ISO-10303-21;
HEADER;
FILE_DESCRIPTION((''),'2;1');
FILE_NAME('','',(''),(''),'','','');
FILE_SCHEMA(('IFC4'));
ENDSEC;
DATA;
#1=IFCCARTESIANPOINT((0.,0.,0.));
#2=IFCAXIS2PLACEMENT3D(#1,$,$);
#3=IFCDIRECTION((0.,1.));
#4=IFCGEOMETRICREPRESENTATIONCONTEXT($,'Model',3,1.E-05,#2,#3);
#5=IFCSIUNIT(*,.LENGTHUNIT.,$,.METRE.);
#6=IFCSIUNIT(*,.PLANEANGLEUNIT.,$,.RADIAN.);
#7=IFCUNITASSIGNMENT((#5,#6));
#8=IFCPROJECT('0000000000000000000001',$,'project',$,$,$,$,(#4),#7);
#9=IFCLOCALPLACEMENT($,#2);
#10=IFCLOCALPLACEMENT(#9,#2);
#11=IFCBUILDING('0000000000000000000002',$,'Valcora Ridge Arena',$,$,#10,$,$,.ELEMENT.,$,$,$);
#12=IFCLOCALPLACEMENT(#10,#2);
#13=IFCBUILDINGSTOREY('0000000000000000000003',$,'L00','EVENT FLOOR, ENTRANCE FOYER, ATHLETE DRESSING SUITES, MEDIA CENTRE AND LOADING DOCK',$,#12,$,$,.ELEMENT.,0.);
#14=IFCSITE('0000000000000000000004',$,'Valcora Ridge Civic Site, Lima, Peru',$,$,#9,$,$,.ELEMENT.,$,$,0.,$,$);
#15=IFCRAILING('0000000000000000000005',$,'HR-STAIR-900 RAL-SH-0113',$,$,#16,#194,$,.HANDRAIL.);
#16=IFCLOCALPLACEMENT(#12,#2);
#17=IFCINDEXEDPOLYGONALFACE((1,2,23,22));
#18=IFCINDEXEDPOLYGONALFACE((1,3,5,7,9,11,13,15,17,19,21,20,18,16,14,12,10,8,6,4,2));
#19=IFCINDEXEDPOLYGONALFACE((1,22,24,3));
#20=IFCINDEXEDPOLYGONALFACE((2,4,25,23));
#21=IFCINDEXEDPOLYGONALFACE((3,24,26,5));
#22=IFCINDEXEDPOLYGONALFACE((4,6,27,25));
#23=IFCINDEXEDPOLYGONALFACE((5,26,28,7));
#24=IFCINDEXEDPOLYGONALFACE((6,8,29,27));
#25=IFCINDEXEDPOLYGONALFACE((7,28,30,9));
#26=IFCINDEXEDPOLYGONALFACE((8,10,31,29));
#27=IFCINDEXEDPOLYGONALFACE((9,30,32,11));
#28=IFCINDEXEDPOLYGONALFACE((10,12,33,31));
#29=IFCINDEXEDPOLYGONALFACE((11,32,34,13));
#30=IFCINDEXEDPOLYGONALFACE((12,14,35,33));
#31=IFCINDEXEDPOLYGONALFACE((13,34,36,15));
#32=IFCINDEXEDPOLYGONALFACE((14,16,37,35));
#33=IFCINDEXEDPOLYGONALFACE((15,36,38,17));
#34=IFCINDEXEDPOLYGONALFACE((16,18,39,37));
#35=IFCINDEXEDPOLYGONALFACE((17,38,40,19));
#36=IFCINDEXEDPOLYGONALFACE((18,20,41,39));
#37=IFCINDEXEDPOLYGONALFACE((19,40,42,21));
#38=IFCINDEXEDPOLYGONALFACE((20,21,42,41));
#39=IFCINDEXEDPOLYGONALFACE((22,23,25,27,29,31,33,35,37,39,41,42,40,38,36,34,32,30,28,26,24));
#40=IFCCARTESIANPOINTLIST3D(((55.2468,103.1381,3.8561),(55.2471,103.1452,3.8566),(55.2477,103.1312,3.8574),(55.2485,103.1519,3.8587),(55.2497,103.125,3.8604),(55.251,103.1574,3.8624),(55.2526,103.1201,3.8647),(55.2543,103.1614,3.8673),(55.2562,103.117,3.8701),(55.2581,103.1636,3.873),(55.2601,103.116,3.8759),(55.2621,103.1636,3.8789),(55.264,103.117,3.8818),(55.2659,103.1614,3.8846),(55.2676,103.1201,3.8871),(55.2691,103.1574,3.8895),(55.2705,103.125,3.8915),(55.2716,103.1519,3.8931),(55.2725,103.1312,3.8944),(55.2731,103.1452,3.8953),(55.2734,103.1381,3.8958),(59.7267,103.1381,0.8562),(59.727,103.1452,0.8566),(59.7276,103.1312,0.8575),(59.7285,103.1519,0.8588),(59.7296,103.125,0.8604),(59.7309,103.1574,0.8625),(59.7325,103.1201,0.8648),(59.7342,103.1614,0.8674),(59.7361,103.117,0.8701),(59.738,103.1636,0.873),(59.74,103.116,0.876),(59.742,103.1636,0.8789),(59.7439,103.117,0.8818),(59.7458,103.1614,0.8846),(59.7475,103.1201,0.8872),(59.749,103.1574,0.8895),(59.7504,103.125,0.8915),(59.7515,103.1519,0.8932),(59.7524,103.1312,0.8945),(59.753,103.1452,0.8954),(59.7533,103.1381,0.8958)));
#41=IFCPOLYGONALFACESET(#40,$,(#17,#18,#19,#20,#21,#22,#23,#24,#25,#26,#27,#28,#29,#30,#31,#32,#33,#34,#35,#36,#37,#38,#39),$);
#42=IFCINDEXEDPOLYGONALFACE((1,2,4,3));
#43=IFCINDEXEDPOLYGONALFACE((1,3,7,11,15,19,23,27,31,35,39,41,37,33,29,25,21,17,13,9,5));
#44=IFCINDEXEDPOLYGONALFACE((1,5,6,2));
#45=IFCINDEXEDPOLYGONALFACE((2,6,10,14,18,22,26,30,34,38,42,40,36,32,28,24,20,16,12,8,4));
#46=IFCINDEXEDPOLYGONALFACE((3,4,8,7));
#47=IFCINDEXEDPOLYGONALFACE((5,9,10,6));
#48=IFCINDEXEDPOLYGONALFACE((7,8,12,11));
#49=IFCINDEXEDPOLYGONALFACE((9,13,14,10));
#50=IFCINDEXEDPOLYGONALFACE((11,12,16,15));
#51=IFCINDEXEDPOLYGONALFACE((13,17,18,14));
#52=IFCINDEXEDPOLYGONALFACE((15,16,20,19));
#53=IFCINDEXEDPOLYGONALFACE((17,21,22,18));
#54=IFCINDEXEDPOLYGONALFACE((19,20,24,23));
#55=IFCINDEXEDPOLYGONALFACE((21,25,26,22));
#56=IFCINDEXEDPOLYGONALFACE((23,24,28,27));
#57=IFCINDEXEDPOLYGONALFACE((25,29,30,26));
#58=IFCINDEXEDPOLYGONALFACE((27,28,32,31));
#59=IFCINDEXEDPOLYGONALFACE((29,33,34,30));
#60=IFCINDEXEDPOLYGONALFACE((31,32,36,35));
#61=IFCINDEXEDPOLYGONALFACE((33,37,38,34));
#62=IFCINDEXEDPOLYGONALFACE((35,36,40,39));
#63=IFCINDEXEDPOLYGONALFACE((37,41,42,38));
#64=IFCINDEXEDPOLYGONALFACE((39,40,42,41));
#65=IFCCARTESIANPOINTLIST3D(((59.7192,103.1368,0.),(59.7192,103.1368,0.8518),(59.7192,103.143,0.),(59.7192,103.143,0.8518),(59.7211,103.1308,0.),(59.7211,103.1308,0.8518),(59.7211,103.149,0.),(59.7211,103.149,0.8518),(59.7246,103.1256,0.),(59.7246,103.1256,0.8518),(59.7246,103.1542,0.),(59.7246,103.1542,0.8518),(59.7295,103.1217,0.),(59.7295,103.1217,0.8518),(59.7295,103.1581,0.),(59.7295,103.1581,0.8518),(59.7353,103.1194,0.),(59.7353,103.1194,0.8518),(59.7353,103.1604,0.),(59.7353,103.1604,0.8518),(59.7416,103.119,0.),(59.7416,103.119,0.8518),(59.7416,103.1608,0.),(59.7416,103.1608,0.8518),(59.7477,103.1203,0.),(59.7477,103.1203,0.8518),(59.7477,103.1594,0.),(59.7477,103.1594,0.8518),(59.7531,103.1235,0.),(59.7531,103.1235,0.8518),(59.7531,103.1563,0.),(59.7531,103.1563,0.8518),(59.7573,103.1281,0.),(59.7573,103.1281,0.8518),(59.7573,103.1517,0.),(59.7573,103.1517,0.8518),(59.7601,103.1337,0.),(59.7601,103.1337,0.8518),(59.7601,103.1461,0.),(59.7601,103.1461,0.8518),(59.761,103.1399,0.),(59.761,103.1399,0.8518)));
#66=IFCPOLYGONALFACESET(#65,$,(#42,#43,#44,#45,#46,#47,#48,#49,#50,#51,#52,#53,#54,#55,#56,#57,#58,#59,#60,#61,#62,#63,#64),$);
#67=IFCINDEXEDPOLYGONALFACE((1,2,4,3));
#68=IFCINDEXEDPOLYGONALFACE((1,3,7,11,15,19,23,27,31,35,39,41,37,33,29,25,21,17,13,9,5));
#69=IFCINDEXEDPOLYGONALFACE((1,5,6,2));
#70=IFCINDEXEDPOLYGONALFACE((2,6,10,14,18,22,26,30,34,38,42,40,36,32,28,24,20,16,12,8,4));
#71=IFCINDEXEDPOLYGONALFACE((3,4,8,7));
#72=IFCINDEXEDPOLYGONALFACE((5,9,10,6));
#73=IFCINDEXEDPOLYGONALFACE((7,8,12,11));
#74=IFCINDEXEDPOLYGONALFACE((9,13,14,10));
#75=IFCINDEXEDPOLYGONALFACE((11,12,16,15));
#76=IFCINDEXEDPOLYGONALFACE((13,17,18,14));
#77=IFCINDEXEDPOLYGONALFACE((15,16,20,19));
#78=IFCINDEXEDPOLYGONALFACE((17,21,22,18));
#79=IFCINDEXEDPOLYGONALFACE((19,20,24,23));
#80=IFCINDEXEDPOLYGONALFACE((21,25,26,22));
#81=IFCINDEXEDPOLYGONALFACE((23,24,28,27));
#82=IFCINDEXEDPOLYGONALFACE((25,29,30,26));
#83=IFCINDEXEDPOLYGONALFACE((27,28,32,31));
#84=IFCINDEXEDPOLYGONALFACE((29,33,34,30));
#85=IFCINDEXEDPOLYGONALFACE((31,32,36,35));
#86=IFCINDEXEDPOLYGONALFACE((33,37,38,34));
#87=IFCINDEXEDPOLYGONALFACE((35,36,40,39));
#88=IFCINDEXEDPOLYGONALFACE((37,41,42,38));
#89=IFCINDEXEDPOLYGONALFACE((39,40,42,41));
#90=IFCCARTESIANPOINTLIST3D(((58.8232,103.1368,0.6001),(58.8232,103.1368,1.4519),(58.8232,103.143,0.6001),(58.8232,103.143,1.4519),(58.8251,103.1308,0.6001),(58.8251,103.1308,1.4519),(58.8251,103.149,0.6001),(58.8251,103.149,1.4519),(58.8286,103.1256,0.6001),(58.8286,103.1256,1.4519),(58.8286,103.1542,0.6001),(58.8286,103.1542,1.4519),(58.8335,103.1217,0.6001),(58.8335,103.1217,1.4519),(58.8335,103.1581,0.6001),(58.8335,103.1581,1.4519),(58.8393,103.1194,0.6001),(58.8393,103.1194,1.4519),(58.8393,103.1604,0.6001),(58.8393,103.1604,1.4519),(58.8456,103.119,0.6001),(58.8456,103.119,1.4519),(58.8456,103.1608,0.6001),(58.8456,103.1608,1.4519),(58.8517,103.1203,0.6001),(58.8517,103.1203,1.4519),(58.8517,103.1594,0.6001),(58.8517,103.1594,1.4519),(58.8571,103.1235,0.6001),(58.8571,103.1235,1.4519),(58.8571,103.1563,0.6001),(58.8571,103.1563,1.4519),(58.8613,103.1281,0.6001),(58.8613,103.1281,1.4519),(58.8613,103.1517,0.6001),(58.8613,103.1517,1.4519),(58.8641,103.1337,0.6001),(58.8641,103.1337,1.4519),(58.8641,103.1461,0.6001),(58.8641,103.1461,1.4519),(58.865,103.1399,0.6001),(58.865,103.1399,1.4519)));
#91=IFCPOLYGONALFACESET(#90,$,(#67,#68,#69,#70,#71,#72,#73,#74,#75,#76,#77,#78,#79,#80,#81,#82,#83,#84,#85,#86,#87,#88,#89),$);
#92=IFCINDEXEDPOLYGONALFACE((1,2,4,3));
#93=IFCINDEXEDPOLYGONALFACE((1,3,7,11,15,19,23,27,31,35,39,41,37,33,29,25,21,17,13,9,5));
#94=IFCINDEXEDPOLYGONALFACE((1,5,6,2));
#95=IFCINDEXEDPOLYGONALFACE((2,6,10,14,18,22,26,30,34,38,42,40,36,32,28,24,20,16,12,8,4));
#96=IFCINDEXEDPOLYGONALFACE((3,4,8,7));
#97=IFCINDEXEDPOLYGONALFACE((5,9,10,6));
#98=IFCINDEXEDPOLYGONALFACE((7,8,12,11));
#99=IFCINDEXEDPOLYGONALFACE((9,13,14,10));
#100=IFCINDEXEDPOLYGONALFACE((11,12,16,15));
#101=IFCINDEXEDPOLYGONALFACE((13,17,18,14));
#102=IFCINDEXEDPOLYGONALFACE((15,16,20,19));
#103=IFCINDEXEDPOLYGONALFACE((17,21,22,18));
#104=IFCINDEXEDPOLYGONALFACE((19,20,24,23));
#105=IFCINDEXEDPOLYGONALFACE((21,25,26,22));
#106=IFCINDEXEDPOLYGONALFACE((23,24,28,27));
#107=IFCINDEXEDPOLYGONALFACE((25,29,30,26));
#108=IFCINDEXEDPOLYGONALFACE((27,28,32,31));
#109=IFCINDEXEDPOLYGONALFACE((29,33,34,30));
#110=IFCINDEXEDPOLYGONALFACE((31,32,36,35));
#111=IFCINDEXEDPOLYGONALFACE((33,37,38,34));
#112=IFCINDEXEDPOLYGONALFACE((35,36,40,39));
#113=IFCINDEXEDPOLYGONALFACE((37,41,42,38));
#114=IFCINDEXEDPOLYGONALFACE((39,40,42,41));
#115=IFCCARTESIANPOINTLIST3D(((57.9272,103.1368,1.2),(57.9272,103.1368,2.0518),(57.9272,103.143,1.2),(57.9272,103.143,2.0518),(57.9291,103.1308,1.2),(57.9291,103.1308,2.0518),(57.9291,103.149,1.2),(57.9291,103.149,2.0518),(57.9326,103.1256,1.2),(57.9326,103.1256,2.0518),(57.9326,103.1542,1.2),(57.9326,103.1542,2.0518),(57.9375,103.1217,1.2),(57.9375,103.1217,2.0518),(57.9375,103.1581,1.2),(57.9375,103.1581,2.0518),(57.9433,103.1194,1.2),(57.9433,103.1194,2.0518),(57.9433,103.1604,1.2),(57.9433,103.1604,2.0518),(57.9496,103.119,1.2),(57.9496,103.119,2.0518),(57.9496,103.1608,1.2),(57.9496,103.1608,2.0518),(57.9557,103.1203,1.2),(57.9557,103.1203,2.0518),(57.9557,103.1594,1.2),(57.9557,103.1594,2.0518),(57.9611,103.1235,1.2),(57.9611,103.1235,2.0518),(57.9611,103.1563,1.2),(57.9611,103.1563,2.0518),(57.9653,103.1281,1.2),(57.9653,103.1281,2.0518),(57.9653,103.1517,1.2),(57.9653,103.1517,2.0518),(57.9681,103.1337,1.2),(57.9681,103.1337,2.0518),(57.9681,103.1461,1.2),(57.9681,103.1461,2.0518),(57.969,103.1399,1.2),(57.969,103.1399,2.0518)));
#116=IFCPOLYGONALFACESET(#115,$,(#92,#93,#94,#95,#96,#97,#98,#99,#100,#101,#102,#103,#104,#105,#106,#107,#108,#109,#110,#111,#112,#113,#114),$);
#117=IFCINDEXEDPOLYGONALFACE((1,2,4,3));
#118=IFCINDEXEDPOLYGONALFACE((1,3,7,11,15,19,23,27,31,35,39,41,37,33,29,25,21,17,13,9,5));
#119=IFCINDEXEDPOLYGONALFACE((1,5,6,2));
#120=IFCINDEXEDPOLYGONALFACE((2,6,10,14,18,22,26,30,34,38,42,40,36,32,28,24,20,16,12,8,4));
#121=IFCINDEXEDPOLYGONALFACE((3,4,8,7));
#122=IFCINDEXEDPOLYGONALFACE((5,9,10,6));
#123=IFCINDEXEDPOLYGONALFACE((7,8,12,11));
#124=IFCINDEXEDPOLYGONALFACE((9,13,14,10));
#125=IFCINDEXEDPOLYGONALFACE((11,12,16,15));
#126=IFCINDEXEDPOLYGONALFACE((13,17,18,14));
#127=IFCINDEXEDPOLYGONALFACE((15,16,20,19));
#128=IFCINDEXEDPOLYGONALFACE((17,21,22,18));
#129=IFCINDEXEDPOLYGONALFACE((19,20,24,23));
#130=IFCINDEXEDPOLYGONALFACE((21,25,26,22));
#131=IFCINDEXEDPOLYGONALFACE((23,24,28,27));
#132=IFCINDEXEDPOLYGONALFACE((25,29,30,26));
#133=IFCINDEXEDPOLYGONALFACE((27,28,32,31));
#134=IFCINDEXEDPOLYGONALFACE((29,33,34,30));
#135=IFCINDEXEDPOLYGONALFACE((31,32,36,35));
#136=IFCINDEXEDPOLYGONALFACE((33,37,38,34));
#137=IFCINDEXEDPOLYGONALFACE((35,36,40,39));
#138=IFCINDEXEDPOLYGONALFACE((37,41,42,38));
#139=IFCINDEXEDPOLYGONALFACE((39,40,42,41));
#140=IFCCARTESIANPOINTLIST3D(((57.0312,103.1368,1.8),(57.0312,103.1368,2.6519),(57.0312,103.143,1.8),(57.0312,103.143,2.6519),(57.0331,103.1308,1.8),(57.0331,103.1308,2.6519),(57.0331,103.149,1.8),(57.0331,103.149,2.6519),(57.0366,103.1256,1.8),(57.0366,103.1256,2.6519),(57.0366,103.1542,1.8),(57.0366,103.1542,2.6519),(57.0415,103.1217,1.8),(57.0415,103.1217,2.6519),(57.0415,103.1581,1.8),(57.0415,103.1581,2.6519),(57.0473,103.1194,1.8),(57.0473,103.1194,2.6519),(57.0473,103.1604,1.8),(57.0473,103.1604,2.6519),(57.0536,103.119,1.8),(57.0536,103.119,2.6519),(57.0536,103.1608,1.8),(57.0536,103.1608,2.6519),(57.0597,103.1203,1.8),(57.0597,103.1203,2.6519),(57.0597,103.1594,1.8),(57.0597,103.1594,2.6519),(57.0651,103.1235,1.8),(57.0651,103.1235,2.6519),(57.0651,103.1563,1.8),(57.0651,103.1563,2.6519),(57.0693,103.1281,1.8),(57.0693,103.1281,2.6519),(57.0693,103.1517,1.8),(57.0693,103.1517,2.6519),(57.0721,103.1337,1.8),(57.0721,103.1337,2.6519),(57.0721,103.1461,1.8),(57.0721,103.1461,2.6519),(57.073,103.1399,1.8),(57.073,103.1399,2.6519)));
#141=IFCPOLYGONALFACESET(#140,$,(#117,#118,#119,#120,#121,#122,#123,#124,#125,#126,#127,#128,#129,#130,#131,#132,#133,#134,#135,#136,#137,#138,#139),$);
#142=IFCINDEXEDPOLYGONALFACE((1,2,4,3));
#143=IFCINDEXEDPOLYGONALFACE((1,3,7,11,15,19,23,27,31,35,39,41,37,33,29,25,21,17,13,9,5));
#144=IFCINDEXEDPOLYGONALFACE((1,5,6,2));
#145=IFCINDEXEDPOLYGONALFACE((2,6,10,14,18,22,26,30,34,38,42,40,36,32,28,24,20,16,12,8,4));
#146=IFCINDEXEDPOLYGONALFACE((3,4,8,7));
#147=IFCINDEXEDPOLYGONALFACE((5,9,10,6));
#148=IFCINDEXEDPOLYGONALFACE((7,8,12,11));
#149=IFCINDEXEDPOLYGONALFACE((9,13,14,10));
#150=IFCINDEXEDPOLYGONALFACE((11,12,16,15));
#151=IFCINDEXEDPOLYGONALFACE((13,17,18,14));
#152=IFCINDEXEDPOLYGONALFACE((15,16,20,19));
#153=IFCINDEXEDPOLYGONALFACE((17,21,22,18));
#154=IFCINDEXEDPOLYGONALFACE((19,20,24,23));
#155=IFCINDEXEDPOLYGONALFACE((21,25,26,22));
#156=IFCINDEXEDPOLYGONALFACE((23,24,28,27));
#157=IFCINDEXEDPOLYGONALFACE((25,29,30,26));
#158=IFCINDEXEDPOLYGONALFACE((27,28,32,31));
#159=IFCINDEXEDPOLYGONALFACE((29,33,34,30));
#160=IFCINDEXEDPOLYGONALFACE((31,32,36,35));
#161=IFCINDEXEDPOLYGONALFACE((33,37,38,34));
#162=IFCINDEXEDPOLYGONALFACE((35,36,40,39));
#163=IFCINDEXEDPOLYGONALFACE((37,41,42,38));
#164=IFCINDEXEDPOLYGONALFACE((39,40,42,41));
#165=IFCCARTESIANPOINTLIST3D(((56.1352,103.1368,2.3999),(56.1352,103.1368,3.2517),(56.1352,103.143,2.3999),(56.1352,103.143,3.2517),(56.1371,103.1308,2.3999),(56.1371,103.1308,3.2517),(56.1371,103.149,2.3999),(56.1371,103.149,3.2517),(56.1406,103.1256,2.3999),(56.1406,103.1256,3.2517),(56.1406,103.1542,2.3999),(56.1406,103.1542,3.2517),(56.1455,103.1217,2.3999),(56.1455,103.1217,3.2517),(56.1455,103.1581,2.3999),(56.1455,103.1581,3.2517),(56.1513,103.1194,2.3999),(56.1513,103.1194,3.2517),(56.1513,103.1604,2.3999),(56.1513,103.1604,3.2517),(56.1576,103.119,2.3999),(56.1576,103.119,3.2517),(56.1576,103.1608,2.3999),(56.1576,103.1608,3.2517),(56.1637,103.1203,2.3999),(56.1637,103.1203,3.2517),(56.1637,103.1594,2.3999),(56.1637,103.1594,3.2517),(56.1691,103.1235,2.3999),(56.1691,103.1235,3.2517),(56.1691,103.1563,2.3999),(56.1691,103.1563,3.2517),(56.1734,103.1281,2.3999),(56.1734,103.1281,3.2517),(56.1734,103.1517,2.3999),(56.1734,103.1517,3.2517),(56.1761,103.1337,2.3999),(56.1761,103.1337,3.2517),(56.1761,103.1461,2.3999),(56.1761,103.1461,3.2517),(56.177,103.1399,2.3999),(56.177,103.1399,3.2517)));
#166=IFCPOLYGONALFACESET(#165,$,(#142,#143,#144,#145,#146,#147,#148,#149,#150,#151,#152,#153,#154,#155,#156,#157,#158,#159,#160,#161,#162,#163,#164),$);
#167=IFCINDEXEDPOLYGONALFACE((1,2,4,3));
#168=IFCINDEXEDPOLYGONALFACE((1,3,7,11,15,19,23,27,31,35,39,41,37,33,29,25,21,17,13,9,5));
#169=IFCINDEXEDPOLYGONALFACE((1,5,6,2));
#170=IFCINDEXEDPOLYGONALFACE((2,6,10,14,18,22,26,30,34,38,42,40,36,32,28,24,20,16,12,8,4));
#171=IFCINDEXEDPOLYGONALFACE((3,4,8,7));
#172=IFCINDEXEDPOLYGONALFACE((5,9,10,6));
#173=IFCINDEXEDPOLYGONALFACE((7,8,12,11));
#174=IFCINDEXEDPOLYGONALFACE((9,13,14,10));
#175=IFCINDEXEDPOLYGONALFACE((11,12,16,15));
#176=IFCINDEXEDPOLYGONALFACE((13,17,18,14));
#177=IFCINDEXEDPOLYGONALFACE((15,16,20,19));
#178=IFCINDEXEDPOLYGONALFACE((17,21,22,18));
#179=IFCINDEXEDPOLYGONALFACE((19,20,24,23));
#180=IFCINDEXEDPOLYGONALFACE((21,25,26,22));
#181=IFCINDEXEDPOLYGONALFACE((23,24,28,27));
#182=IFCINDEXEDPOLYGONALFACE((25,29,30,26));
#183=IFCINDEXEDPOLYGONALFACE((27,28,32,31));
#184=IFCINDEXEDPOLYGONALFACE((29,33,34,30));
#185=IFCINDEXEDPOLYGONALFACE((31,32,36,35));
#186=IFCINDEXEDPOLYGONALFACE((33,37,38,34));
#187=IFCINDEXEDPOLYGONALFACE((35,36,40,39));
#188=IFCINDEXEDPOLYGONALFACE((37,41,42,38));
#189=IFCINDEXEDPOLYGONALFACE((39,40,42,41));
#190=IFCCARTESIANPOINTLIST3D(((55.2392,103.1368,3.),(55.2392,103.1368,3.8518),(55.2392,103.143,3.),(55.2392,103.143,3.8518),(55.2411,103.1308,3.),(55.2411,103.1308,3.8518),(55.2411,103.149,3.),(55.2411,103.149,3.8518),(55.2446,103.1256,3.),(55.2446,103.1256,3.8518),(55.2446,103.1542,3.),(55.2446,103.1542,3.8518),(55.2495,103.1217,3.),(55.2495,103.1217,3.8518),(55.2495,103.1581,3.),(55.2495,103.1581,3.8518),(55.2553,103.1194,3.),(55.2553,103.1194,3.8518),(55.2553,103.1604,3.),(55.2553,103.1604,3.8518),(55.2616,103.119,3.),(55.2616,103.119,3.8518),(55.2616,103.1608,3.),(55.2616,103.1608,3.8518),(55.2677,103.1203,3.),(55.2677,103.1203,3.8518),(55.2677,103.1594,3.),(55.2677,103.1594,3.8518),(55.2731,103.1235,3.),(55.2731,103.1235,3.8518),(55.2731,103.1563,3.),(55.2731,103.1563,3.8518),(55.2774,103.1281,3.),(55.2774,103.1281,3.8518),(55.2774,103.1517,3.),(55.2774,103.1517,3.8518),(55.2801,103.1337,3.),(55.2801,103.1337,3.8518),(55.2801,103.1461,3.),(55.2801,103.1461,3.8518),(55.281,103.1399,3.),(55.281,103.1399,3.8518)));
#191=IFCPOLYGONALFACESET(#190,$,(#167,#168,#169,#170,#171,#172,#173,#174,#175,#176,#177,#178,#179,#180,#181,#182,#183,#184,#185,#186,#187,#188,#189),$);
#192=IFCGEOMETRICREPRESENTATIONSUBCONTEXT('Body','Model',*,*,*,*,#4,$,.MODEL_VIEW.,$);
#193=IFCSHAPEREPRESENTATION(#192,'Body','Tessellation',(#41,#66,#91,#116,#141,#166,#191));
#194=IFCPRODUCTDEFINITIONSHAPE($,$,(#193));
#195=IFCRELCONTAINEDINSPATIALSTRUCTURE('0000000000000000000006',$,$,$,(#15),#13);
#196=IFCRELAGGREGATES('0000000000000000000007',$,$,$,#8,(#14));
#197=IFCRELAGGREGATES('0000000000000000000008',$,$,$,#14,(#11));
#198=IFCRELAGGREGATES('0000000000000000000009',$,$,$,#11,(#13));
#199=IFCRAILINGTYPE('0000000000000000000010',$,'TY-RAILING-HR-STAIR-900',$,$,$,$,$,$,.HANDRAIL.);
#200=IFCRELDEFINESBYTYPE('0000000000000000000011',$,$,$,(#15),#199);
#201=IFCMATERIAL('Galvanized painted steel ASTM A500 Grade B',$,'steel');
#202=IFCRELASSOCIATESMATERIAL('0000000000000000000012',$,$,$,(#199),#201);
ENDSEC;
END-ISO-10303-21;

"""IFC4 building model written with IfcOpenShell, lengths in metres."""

from ifc_helpers import new_model, si_unit, direction, frame, origin, origin_2d, place, context, subcontext, project, spatial, circle, extrude, material, type_object, element, save


model = new_model("IFC4")

# Units and contexts
model_context = context("Model", 3, precision=1e-05, world=origin(), true_north=direction((0.0, 1.0)))
body_context = subcontext(model_context, "Body", "Model", "MODEL_VIEW")
ifc_project = project(units=[si_unit("LENGTHUNIT", "METRE"), si_unit("PLANEANGLEUNIT", "RADIAN")], contexts=[model_context])

# Site, building, storey
site_placement = place(None, origin())
site = spatial("IfcSite", under=ifc_project, at=site_placement, Name="Valcora Ridge Civic Site, Lima, Peru", CompositionType="ELEMENT", RefElevation=0.0)
building_placement = place(site_placement, origin())
building = spatial("IfcBuilding", under=site, at=building_placement, Name="Valcora Ridge Arena", CompositionType="ELEMENT")
storey_placement = place(building_placement, origin())
storey = spatial("IfcBuildingStorey", under=building, at=storey_placement, Name="L00", Description="EVENT FLOOR, ENTRANCE FOYER, ATHLETE DRESSING SUITES, MEDIA CENTRE AND LOADING DOCK", CompositionType="ELEMENT", Elevation=0.0)

# Railing
ifc_material_1 = material(Name="Galvanized painted steel ASTM A500 Grade B", Category="steel")
railing_type = type_object("IfcRailingType", Name="TY-RAILING-HR-STAIR-900", PredefinedType="HANDRAIL", material=ifc_material_1)
railing_placement = place(storey_placement, frame((59.74, 103.1399, 0.0)))
element("IfcRailing", 1, at=railing_placement, inside=storey, type_object=railing_type, Name="HR-STAIR-900 RAL-SH-0113", PredefinedType="HANDRAIL", context=body_context, shape_type="SweptSolid", body=[
    extrude(circle(Radius=0.0239, at=origin_2d()), frame((0.0, 0.0, 0.876), z_axis=(-0.830906, 0.0, 0.556413), x_axis=(0.0, -1.0, 0.0)), (0.0, 0.0, 1.0), 5.3916),
    extrude(circle(Radius=0.021, at=origin_2d()), origin(), (0.0, 0.0, 1.0), 0.8518),
    extrude(circle(Radius=0.021, at=origin_2d()), frame((-0.896, 0.0, 0.6001)), (0.0, 0.0, 1.0), 0.8518),
    extrude(circle(Radius=0.021, at=origin_2d()), frame((-1.792, 0.0, 1.2)), (0.0, 0.0, 1.0), 0.8518),
    extrude(circle(Radius=0.021, at=origin_2d()), frame((-2.688, 0.0, 1.8)), (0.0, 0.0, 1.0), 0.8518),
    extrude(circle(Radius=0.021, at=origin_2d()), frame((-3.584, 0.0, 2.3999)), (0.0, 0.0, 1.0), 0.8518),
    extrude(circle(Radius=0.021, at=origin_2d()), frame((-4.48, 0.0, 3.0)), (0.0, 0.0, 1.0), 0.8518),
])

save(model, "model.ifc")
